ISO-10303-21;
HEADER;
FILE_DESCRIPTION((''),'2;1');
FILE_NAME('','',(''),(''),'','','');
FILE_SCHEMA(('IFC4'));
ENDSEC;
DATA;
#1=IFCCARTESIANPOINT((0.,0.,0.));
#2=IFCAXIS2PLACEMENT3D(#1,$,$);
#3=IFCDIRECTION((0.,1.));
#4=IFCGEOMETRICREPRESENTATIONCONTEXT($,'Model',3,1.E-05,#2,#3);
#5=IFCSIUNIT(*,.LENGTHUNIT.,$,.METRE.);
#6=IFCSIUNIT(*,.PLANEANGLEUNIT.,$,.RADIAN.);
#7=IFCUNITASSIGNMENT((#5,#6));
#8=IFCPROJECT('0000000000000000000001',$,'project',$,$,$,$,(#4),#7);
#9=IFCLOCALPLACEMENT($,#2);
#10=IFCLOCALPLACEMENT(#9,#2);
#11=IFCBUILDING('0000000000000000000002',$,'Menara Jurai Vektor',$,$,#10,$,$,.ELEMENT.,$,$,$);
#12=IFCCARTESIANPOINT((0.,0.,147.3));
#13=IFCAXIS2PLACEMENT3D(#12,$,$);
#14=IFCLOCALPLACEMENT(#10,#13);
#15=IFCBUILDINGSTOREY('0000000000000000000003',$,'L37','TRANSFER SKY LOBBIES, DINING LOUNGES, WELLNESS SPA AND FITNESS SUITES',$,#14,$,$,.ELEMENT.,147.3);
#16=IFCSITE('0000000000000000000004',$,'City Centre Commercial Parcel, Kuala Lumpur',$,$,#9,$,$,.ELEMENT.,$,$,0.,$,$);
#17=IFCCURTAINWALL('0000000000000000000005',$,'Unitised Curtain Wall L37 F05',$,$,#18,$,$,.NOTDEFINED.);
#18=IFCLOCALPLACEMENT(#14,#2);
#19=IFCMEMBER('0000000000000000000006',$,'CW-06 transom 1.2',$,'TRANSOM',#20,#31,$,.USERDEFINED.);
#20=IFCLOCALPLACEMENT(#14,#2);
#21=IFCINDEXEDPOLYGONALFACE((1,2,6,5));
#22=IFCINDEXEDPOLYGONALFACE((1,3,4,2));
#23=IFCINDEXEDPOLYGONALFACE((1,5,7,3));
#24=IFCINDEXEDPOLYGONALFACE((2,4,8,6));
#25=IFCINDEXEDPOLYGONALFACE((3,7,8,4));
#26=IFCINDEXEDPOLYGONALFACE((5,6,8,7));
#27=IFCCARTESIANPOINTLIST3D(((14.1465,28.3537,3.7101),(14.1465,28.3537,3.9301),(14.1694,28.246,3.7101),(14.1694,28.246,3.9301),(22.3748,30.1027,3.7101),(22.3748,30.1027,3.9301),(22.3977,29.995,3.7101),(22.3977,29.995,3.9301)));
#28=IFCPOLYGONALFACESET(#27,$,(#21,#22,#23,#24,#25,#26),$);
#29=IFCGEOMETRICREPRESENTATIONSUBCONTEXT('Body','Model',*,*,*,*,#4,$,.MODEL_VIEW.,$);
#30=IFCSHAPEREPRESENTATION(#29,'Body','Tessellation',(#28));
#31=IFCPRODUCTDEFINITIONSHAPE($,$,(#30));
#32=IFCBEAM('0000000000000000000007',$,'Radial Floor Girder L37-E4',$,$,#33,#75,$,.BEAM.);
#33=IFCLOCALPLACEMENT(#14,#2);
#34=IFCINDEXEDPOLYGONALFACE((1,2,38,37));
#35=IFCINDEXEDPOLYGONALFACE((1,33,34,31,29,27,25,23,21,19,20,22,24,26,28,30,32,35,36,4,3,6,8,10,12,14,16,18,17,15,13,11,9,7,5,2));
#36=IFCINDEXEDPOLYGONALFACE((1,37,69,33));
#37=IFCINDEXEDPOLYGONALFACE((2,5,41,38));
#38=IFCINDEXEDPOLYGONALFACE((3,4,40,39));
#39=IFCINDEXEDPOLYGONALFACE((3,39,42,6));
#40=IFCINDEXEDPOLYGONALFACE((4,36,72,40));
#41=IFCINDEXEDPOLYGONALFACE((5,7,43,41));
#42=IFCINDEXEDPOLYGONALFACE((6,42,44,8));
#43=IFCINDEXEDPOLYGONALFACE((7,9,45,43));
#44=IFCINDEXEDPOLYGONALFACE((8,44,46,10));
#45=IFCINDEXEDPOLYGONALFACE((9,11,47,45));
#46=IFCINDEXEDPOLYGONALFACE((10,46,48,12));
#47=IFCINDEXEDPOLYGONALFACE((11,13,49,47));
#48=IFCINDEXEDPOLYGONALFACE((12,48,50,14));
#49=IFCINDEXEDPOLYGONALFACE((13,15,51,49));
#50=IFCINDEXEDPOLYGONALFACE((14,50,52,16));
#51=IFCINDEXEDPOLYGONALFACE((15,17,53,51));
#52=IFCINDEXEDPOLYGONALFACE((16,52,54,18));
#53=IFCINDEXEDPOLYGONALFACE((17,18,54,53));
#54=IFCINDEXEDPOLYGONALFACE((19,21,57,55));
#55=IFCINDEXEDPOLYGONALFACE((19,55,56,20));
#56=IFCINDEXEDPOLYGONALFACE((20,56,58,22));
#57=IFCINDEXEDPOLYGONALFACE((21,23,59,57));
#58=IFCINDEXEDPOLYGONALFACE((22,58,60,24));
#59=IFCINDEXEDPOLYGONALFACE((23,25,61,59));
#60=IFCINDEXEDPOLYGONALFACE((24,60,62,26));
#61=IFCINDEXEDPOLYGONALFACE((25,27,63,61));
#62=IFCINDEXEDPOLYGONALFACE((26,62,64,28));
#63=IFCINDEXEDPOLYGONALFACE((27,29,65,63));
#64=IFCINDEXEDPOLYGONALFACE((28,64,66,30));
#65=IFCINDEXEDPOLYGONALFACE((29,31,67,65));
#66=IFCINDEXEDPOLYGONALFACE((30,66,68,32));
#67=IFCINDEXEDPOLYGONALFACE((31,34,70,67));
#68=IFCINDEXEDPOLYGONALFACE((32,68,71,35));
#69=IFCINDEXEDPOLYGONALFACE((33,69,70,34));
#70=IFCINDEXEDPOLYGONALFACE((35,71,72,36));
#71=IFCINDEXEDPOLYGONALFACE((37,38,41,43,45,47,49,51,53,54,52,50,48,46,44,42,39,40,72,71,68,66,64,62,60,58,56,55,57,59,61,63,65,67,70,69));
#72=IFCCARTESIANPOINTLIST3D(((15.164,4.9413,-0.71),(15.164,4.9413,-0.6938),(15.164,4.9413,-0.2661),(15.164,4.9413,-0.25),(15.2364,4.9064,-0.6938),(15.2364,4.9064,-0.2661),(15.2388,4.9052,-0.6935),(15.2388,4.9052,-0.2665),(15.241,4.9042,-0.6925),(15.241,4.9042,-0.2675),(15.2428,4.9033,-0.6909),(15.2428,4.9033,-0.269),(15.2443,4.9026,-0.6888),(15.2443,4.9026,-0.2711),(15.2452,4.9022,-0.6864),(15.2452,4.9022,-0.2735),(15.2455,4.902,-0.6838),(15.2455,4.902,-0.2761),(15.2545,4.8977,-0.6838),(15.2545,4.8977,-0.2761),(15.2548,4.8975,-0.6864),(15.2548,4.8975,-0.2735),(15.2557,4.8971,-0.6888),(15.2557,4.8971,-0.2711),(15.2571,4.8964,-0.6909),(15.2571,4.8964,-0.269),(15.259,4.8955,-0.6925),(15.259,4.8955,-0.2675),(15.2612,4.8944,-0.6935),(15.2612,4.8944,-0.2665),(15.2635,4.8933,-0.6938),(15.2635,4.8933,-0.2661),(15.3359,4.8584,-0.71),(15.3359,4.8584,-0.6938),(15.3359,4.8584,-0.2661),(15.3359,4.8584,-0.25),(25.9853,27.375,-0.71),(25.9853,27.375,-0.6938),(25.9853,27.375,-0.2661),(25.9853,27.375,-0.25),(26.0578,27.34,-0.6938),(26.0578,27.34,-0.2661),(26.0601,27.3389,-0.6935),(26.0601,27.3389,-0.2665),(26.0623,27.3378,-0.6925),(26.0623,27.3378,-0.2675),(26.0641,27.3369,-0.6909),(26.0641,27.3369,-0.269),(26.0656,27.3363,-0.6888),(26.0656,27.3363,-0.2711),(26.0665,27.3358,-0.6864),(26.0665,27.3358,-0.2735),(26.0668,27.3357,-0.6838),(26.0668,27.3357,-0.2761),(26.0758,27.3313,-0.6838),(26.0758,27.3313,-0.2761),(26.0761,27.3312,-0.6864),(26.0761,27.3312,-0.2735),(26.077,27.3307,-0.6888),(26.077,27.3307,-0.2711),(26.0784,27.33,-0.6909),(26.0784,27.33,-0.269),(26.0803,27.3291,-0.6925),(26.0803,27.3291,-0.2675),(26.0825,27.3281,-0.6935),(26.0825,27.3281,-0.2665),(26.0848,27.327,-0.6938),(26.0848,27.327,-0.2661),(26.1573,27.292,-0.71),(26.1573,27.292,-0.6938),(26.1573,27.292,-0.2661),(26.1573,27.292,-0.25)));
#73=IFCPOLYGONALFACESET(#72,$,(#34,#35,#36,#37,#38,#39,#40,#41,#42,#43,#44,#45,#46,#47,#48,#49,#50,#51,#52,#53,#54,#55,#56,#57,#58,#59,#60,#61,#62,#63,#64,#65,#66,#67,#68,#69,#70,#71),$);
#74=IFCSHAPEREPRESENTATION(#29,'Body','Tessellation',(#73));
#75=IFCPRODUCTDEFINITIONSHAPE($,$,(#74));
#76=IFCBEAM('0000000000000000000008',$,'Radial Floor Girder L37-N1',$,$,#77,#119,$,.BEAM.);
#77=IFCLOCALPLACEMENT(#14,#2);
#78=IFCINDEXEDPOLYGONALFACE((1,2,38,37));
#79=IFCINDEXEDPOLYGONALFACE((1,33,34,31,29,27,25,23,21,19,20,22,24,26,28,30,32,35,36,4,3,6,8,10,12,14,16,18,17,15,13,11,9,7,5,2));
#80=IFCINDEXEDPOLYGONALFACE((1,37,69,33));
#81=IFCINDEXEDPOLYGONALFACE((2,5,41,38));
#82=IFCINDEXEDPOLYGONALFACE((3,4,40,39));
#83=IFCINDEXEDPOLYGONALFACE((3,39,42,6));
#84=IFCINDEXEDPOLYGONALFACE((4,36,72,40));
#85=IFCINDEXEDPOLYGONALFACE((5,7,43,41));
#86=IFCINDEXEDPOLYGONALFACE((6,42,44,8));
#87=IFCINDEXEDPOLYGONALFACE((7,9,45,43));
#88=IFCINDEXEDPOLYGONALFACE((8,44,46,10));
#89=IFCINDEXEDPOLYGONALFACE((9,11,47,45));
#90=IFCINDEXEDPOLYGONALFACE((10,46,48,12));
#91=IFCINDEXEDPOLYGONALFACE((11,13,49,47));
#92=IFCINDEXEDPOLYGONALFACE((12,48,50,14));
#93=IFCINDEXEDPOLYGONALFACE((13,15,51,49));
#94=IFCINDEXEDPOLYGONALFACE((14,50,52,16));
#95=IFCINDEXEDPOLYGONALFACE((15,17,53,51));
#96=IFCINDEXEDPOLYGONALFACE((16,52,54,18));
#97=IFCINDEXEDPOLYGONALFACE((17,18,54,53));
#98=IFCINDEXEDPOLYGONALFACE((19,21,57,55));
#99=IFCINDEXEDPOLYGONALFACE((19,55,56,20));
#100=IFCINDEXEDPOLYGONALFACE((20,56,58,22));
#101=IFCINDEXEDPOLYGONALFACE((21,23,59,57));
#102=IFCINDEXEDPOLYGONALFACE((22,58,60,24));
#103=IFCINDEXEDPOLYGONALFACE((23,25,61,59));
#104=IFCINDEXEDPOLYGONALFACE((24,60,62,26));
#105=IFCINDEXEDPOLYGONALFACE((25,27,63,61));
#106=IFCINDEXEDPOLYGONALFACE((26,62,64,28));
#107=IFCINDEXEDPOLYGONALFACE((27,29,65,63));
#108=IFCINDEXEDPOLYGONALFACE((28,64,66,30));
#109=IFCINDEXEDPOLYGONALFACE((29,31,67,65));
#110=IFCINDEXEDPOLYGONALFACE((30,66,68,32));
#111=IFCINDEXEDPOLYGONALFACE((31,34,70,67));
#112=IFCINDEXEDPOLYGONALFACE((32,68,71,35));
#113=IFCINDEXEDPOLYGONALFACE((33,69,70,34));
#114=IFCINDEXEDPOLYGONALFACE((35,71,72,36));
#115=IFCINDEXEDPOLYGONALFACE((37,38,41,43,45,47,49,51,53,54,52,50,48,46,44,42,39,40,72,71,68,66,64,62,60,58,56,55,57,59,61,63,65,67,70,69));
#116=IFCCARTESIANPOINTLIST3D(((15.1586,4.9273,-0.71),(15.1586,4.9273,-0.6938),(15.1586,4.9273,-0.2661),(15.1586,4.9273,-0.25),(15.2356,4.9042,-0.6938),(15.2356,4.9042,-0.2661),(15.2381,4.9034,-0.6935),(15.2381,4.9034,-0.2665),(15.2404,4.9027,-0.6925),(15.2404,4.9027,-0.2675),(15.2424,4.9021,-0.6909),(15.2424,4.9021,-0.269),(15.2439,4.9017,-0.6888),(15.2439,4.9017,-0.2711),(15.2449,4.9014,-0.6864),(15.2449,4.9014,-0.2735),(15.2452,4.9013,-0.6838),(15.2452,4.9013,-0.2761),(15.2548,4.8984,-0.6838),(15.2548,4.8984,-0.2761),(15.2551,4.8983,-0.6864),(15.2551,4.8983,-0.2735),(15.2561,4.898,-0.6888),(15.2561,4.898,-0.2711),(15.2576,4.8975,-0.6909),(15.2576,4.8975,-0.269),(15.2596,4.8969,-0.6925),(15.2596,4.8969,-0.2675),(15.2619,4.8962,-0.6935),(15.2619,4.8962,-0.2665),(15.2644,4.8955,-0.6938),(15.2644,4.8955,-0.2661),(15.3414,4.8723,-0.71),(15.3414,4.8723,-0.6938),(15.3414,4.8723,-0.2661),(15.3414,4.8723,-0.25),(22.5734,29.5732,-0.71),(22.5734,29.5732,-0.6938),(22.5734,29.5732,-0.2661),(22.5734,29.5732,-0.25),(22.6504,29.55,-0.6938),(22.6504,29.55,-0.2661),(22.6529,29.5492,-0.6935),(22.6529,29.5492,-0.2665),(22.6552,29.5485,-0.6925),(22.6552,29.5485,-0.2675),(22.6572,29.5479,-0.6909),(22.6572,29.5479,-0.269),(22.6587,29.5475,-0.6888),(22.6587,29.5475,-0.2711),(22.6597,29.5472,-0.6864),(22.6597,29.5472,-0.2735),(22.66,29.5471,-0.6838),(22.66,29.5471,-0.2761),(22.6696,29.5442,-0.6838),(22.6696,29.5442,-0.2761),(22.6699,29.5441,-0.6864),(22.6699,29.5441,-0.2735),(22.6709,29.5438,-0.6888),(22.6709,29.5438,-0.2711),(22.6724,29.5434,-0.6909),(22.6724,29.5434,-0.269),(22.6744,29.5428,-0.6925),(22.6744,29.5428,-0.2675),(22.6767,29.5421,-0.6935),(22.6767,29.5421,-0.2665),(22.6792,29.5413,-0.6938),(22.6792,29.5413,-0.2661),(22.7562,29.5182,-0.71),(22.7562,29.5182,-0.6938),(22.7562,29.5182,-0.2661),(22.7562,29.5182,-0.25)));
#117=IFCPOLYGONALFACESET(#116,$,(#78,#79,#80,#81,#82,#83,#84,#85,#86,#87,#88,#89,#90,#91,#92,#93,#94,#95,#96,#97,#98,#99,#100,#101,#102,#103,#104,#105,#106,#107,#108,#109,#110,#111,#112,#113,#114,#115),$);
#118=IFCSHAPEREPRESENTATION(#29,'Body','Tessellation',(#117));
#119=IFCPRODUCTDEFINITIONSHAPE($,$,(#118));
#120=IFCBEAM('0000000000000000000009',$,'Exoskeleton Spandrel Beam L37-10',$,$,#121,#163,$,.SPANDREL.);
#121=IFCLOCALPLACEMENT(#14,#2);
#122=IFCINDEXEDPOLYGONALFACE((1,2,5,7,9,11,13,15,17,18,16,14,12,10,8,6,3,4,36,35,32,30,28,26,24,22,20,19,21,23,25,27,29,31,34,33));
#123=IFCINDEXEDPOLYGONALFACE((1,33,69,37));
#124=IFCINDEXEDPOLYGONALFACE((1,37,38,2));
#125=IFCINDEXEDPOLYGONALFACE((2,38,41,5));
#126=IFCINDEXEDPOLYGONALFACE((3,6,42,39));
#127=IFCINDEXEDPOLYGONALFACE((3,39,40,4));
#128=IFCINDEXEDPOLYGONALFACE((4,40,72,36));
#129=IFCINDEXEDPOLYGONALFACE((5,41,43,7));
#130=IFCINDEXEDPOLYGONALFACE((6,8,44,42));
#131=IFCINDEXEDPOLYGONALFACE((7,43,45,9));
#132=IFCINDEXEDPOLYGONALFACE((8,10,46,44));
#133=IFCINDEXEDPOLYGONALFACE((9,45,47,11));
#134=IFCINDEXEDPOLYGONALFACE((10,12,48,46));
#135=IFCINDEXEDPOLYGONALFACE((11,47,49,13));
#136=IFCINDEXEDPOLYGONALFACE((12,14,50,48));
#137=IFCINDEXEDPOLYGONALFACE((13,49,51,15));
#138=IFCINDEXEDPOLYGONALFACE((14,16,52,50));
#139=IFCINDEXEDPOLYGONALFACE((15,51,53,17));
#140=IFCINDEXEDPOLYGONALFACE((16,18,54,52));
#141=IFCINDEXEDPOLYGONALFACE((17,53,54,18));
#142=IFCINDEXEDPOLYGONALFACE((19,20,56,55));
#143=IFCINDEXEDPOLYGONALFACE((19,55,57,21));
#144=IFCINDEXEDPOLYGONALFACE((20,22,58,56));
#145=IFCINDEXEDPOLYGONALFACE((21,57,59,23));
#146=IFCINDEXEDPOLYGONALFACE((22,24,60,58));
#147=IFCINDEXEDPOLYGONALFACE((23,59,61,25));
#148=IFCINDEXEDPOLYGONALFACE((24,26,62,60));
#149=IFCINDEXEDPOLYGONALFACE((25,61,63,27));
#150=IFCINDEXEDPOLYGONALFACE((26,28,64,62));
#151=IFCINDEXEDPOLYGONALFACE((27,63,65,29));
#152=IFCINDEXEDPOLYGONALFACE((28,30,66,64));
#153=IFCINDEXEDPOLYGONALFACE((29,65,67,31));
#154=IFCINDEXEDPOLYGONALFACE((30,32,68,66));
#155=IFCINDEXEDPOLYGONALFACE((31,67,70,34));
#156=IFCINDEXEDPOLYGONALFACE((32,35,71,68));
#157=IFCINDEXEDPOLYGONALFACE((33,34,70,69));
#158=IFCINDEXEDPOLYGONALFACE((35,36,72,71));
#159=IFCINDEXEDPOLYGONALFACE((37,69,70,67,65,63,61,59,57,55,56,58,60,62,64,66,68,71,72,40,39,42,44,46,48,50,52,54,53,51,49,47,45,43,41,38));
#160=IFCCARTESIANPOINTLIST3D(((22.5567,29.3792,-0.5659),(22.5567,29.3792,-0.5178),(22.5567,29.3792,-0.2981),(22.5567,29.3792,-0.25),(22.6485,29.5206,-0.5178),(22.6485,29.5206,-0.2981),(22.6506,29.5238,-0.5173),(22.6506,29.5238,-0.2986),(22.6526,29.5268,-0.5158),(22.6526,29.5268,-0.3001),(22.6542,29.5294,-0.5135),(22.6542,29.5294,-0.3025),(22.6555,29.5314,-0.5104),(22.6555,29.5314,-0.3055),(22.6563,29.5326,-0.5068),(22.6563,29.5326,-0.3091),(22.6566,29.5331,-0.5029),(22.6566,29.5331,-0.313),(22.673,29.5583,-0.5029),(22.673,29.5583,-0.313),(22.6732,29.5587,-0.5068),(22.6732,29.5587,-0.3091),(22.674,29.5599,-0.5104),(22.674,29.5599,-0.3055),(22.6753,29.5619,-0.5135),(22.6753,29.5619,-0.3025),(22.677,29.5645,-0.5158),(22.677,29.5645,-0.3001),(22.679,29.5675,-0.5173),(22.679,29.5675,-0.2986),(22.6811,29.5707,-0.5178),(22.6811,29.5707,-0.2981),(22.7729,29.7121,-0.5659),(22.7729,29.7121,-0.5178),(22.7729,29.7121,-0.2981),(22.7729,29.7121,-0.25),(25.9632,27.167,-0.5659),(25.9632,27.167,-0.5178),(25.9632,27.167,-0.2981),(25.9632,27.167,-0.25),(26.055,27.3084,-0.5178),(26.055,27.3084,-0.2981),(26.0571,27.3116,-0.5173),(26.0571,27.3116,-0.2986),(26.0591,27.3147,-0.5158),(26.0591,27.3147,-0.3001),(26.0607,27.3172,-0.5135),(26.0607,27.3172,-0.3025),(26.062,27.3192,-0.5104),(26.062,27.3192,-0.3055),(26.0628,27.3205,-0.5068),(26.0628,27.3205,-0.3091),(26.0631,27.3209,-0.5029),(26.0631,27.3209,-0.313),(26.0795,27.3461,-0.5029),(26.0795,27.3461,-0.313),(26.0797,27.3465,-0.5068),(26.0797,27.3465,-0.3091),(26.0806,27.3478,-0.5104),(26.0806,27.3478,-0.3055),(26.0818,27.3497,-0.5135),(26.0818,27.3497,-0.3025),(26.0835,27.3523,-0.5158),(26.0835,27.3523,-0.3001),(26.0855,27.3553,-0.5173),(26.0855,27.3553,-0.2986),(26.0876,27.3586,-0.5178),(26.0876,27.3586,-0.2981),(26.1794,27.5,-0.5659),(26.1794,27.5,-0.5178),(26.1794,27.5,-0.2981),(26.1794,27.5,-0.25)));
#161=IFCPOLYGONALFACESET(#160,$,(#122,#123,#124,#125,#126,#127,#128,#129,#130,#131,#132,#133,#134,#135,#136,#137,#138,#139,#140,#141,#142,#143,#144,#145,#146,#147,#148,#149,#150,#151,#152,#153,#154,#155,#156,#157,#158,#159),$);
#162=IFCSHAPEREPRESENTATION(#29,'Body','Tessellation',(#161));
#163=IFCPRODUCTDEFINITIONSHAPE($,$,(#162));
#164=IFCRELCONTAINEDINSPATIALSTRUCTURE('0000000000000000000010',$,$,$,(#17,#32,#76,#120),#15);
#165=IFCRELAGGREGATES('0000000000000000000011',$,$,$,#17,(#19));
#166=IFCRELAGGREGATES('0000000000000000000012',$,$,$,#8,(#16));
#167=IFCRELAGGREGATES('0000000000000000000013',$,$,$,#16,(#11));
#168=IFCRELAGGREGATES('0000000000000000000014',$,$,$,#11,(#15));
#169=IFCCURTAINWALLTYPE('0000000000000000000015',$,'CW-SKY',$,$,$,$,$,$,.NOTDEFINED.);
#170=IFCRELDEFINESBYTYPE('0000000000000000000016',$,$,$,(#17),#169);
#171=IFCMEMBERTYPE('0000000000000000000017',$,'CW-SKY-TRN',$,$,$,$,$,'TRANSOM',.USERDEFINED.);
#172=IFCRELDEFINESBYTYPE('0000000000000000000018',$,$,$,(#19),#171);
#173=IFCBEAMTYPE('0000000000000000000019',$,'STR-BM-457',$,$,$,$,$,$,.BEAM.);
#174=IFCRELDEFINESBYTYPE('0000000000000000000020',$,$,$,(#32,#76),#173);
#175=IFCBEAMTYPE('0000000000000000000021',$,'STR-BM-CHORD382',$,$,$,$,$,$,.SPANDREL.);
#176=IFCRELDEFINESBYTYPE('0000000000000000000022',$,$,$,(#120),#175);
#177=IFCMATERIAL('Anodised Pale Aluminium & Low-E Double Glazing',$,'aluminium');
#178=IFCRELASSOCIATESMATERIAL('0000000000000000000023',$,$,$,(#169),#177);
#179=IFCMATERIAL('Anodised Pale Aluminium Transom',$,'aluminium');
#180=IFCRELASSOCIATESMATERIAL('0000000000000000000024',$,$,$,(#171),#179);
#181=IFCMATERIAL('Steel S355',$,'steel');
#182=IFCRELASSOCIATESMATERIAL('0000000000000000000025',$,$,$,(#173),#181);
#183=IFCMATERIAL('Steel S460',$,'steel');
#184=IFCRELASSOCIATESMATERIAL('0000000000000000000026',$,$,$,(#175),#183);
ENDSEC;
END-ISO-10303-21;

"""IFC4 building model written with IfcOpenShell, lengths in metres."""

from ifc_helpers import new_model, si_unit, direction, frame, origin, origin_2d, place, context, subcontext, project, spatial, rectangle, i_section, extrude, material, material_profile, profile_set, type_object, element, aggregate, save


model = new_model("IFC4")

# Units and contexts
model_context = context("Model", 3, precision=1e-05, world=origin(), true_north=direction((0.0, 1.0)))
body_context = subcontext(model_context, "Body", "Model", "MODEL_VIEW")
ifc_project = project(units=[si_unit("LENGTHUNIT", "METRE"), si_unit("PLANEANGLEUNIT", "RADIAN")], contexts=[model_context])

# Site, building, storey
site_placement = place(None, origin())
site = spatial("IfcSite", under=ifc_project, at=site_placement, Name="City Centre Commercial Parcel, Kuala Lumpur", CompositionType="ELEMENT", RefElevation=0.0)
building_placement = place(site_placement, origin())
building = spatial("IfcBuilding", under=site, at=building_placement, Name="Menara Jurai Vektor", CompositionType="ELEMENT")
storey_placement = place(building_placement, frame((0.0, 0.0, 147.3)))
storey = spatial("IfcBuildingStorey", under=building, at=storey_placement, Name="L37", Description="TRANSFER SKY LOBBIES, DINING LOUNGES, WELLNESS SPA AND FITNESS SUITES", CompositionType="ELEMENT", Elevation=147.3)

# Shared definitions
ifc_material_1 = material(Name="Steel S460", Category="steel")

# Shared definitions
ifc_material_2 = material(Name="Anodised Pale Aluminium & Low-E Double Glazing", Category="aluminium")
curtain_wall_type = type_object("IfcCurtainWallType", Name="CW-SKY", PredefinedType="NOTDEFINED", material=ifc_material_2)

# Curtain wall
curtain_wall_1_placement = place(storey_placement, origin())
curtain_wall_1 = element("IfcCurtainWall", 1, at=curtain_wall_1_placement, inside=storey, type_object=curtain_wall_type, Name="Unitised Curtain Wall L37 F05", PredefinedType="NOTDEFINED")

# Member
ifc_material_3 = material(Name="Anodised Pale Aluminium Transom", Category="aluminium")
ifc_material_profile_1 = material_profile(ifc_material_3, rectangle(XDim=0.1101, YDim=0.22, at=origin_2d()), Name="ALU TRN 110x220")
ifc_profile_set_1 = profile_set([ifc_material_profile_1], Name="Anodised Pale Aluminium Transom")
member_type_1 = type_object("IfcMemberType", Name="CW-SKY-TRN", ElementType="TRANSOM", PredefinedType="USERDEFINED", material=ifc_profile_set_1)
member_1_placement = place(storey_placement, frame((22.3862, 30.0488, 3.8201), z_axis=(-0.978146, -0.207917, 0.0), x_axis=(0.207917, -0.978146, 0.0)))
member_1 = element("IfcMember", 2, at=member_1_placement, type_object=member_type_1, Name="CW-06 transom 1.2", ObjectType="TRANSOM", PredefinedType="USERDEFINED", context=body_context, shape_type="SweptSolid", body=[
    extrude(rectangle(XDim=0.1101, YDim=0.22, at=origin_2d()), origin(), (0.0, 0.0, 1.0), 8.4121),
])

# Beams
ifc_material_4 = material(Name="Steel S355", Category="steel")
ifc_material_profile_2 = material_profile(ifc_material_4, i_section(OverallWidth=0.1909, OverallDepth=0.46, WebThickness=0.01, FlangeThickness=0.0161, FilletRadius=0.01, at=origin_2d()), Name="UKB 457x191x82")
ifc_profile_set_2 = profile_set([ifc_material_profile_2], Name="Steel S355")
beam_type_1 = type_object("IfcBeamType", Name="STR-BM-457", PredefinedType="BEAM", material=ifc_profile_set_2)
beam_1_placement = place(storey_placement, frame((26.0713, 27.3335, -0.48), z_axis=(-0.434465, -0.900689, 0.0), x_axis=(0.900689, -0.434465, 0.0)))
element("IfcBeam", 3, at=beam_1_placement, inside=storey, type_object=beam_type_1, Name="Radial Floor Girder L37-E4", PredefinedType="BEAM", context=body_context, shape_type="SweptSolid", body=[
    extrude(i_section(OverallWidth=0.1909, OverallDepth=0.46, WebThickness=0.01, FlangeThickness=0.0161, FilletRadius=0.01, at=origin_2d()), origin(), (0.0, 0.0, 1.0), 24.9072),
])
beam_2_placement = place(storey_placement, frame((22.6648, 29.5457, -0.48), z_axis=(-0.288099, -0.957601, 0.0), x_axis=(0.957601, -0.288099, 0.0)))
element("IfcBeam", 4, at=beam_2_placement, inside=storey, type_object=beam_type_1, Name="Radial Floor Girder L37-N1", PredefinedType="BEAM", context=body_context, shape_type="SweptSolid", body=[
    extrude(i_section(OverallWidth=0.1909, OverallDepth=0.46, WebThickness=0.01, FlangeThickness=0.0161, FilletRadius=0.01, at=origin_2d()), origin(), (0.0, 0.0, 1.0), 25.7371),
])
ifc_material_profile_3 = material_profile(ifc_material_1, i_section(OverallWidth=0.397, OverallDepth=0.3159, WebThickness=0.03, FlangeThickness=0.0481, FilletRadius=0.0149, at=origin_2d()), Name="HD 400x382")
ifc_profile_set_3 = profile_set([ifc_material_profile_3], Name="Steel S460")
beam_type_2 = type_object("IfcBeamType", Name="STR-BM-CHORD382", PredefinedType="SPANDREL", material=ifc_profile_set_3)
beam_3_placement = place(storey_placement, frame((26.0713, 27.3335, -0.408), z_axis=(-0.838676, 0.544631, 0.0), x_axis=(-0.544631, -0.838676, 0.0)))
element("IfcBeam", 5, at=beam_3_placement, inside=storey, type_object=beam_type_2, Name="Exoskeleton Spandrel Beam L37-10", PredefinedType="SPANDREL", context=body_context, shape_type="SweptSolid", body=[
    extrude(i_section(OverallWidth=0.397, OverallDepth=0.3159, WebThickness=0.03, FlangeThickness=0.0481, FilletRadius=0.0149, at=origin_2d()), origin(), (0.0, 0.0, 1.0), 4.0618),
])

aggregate(curtain_wall_1, [member_1])

save(model, "model.ifc")
